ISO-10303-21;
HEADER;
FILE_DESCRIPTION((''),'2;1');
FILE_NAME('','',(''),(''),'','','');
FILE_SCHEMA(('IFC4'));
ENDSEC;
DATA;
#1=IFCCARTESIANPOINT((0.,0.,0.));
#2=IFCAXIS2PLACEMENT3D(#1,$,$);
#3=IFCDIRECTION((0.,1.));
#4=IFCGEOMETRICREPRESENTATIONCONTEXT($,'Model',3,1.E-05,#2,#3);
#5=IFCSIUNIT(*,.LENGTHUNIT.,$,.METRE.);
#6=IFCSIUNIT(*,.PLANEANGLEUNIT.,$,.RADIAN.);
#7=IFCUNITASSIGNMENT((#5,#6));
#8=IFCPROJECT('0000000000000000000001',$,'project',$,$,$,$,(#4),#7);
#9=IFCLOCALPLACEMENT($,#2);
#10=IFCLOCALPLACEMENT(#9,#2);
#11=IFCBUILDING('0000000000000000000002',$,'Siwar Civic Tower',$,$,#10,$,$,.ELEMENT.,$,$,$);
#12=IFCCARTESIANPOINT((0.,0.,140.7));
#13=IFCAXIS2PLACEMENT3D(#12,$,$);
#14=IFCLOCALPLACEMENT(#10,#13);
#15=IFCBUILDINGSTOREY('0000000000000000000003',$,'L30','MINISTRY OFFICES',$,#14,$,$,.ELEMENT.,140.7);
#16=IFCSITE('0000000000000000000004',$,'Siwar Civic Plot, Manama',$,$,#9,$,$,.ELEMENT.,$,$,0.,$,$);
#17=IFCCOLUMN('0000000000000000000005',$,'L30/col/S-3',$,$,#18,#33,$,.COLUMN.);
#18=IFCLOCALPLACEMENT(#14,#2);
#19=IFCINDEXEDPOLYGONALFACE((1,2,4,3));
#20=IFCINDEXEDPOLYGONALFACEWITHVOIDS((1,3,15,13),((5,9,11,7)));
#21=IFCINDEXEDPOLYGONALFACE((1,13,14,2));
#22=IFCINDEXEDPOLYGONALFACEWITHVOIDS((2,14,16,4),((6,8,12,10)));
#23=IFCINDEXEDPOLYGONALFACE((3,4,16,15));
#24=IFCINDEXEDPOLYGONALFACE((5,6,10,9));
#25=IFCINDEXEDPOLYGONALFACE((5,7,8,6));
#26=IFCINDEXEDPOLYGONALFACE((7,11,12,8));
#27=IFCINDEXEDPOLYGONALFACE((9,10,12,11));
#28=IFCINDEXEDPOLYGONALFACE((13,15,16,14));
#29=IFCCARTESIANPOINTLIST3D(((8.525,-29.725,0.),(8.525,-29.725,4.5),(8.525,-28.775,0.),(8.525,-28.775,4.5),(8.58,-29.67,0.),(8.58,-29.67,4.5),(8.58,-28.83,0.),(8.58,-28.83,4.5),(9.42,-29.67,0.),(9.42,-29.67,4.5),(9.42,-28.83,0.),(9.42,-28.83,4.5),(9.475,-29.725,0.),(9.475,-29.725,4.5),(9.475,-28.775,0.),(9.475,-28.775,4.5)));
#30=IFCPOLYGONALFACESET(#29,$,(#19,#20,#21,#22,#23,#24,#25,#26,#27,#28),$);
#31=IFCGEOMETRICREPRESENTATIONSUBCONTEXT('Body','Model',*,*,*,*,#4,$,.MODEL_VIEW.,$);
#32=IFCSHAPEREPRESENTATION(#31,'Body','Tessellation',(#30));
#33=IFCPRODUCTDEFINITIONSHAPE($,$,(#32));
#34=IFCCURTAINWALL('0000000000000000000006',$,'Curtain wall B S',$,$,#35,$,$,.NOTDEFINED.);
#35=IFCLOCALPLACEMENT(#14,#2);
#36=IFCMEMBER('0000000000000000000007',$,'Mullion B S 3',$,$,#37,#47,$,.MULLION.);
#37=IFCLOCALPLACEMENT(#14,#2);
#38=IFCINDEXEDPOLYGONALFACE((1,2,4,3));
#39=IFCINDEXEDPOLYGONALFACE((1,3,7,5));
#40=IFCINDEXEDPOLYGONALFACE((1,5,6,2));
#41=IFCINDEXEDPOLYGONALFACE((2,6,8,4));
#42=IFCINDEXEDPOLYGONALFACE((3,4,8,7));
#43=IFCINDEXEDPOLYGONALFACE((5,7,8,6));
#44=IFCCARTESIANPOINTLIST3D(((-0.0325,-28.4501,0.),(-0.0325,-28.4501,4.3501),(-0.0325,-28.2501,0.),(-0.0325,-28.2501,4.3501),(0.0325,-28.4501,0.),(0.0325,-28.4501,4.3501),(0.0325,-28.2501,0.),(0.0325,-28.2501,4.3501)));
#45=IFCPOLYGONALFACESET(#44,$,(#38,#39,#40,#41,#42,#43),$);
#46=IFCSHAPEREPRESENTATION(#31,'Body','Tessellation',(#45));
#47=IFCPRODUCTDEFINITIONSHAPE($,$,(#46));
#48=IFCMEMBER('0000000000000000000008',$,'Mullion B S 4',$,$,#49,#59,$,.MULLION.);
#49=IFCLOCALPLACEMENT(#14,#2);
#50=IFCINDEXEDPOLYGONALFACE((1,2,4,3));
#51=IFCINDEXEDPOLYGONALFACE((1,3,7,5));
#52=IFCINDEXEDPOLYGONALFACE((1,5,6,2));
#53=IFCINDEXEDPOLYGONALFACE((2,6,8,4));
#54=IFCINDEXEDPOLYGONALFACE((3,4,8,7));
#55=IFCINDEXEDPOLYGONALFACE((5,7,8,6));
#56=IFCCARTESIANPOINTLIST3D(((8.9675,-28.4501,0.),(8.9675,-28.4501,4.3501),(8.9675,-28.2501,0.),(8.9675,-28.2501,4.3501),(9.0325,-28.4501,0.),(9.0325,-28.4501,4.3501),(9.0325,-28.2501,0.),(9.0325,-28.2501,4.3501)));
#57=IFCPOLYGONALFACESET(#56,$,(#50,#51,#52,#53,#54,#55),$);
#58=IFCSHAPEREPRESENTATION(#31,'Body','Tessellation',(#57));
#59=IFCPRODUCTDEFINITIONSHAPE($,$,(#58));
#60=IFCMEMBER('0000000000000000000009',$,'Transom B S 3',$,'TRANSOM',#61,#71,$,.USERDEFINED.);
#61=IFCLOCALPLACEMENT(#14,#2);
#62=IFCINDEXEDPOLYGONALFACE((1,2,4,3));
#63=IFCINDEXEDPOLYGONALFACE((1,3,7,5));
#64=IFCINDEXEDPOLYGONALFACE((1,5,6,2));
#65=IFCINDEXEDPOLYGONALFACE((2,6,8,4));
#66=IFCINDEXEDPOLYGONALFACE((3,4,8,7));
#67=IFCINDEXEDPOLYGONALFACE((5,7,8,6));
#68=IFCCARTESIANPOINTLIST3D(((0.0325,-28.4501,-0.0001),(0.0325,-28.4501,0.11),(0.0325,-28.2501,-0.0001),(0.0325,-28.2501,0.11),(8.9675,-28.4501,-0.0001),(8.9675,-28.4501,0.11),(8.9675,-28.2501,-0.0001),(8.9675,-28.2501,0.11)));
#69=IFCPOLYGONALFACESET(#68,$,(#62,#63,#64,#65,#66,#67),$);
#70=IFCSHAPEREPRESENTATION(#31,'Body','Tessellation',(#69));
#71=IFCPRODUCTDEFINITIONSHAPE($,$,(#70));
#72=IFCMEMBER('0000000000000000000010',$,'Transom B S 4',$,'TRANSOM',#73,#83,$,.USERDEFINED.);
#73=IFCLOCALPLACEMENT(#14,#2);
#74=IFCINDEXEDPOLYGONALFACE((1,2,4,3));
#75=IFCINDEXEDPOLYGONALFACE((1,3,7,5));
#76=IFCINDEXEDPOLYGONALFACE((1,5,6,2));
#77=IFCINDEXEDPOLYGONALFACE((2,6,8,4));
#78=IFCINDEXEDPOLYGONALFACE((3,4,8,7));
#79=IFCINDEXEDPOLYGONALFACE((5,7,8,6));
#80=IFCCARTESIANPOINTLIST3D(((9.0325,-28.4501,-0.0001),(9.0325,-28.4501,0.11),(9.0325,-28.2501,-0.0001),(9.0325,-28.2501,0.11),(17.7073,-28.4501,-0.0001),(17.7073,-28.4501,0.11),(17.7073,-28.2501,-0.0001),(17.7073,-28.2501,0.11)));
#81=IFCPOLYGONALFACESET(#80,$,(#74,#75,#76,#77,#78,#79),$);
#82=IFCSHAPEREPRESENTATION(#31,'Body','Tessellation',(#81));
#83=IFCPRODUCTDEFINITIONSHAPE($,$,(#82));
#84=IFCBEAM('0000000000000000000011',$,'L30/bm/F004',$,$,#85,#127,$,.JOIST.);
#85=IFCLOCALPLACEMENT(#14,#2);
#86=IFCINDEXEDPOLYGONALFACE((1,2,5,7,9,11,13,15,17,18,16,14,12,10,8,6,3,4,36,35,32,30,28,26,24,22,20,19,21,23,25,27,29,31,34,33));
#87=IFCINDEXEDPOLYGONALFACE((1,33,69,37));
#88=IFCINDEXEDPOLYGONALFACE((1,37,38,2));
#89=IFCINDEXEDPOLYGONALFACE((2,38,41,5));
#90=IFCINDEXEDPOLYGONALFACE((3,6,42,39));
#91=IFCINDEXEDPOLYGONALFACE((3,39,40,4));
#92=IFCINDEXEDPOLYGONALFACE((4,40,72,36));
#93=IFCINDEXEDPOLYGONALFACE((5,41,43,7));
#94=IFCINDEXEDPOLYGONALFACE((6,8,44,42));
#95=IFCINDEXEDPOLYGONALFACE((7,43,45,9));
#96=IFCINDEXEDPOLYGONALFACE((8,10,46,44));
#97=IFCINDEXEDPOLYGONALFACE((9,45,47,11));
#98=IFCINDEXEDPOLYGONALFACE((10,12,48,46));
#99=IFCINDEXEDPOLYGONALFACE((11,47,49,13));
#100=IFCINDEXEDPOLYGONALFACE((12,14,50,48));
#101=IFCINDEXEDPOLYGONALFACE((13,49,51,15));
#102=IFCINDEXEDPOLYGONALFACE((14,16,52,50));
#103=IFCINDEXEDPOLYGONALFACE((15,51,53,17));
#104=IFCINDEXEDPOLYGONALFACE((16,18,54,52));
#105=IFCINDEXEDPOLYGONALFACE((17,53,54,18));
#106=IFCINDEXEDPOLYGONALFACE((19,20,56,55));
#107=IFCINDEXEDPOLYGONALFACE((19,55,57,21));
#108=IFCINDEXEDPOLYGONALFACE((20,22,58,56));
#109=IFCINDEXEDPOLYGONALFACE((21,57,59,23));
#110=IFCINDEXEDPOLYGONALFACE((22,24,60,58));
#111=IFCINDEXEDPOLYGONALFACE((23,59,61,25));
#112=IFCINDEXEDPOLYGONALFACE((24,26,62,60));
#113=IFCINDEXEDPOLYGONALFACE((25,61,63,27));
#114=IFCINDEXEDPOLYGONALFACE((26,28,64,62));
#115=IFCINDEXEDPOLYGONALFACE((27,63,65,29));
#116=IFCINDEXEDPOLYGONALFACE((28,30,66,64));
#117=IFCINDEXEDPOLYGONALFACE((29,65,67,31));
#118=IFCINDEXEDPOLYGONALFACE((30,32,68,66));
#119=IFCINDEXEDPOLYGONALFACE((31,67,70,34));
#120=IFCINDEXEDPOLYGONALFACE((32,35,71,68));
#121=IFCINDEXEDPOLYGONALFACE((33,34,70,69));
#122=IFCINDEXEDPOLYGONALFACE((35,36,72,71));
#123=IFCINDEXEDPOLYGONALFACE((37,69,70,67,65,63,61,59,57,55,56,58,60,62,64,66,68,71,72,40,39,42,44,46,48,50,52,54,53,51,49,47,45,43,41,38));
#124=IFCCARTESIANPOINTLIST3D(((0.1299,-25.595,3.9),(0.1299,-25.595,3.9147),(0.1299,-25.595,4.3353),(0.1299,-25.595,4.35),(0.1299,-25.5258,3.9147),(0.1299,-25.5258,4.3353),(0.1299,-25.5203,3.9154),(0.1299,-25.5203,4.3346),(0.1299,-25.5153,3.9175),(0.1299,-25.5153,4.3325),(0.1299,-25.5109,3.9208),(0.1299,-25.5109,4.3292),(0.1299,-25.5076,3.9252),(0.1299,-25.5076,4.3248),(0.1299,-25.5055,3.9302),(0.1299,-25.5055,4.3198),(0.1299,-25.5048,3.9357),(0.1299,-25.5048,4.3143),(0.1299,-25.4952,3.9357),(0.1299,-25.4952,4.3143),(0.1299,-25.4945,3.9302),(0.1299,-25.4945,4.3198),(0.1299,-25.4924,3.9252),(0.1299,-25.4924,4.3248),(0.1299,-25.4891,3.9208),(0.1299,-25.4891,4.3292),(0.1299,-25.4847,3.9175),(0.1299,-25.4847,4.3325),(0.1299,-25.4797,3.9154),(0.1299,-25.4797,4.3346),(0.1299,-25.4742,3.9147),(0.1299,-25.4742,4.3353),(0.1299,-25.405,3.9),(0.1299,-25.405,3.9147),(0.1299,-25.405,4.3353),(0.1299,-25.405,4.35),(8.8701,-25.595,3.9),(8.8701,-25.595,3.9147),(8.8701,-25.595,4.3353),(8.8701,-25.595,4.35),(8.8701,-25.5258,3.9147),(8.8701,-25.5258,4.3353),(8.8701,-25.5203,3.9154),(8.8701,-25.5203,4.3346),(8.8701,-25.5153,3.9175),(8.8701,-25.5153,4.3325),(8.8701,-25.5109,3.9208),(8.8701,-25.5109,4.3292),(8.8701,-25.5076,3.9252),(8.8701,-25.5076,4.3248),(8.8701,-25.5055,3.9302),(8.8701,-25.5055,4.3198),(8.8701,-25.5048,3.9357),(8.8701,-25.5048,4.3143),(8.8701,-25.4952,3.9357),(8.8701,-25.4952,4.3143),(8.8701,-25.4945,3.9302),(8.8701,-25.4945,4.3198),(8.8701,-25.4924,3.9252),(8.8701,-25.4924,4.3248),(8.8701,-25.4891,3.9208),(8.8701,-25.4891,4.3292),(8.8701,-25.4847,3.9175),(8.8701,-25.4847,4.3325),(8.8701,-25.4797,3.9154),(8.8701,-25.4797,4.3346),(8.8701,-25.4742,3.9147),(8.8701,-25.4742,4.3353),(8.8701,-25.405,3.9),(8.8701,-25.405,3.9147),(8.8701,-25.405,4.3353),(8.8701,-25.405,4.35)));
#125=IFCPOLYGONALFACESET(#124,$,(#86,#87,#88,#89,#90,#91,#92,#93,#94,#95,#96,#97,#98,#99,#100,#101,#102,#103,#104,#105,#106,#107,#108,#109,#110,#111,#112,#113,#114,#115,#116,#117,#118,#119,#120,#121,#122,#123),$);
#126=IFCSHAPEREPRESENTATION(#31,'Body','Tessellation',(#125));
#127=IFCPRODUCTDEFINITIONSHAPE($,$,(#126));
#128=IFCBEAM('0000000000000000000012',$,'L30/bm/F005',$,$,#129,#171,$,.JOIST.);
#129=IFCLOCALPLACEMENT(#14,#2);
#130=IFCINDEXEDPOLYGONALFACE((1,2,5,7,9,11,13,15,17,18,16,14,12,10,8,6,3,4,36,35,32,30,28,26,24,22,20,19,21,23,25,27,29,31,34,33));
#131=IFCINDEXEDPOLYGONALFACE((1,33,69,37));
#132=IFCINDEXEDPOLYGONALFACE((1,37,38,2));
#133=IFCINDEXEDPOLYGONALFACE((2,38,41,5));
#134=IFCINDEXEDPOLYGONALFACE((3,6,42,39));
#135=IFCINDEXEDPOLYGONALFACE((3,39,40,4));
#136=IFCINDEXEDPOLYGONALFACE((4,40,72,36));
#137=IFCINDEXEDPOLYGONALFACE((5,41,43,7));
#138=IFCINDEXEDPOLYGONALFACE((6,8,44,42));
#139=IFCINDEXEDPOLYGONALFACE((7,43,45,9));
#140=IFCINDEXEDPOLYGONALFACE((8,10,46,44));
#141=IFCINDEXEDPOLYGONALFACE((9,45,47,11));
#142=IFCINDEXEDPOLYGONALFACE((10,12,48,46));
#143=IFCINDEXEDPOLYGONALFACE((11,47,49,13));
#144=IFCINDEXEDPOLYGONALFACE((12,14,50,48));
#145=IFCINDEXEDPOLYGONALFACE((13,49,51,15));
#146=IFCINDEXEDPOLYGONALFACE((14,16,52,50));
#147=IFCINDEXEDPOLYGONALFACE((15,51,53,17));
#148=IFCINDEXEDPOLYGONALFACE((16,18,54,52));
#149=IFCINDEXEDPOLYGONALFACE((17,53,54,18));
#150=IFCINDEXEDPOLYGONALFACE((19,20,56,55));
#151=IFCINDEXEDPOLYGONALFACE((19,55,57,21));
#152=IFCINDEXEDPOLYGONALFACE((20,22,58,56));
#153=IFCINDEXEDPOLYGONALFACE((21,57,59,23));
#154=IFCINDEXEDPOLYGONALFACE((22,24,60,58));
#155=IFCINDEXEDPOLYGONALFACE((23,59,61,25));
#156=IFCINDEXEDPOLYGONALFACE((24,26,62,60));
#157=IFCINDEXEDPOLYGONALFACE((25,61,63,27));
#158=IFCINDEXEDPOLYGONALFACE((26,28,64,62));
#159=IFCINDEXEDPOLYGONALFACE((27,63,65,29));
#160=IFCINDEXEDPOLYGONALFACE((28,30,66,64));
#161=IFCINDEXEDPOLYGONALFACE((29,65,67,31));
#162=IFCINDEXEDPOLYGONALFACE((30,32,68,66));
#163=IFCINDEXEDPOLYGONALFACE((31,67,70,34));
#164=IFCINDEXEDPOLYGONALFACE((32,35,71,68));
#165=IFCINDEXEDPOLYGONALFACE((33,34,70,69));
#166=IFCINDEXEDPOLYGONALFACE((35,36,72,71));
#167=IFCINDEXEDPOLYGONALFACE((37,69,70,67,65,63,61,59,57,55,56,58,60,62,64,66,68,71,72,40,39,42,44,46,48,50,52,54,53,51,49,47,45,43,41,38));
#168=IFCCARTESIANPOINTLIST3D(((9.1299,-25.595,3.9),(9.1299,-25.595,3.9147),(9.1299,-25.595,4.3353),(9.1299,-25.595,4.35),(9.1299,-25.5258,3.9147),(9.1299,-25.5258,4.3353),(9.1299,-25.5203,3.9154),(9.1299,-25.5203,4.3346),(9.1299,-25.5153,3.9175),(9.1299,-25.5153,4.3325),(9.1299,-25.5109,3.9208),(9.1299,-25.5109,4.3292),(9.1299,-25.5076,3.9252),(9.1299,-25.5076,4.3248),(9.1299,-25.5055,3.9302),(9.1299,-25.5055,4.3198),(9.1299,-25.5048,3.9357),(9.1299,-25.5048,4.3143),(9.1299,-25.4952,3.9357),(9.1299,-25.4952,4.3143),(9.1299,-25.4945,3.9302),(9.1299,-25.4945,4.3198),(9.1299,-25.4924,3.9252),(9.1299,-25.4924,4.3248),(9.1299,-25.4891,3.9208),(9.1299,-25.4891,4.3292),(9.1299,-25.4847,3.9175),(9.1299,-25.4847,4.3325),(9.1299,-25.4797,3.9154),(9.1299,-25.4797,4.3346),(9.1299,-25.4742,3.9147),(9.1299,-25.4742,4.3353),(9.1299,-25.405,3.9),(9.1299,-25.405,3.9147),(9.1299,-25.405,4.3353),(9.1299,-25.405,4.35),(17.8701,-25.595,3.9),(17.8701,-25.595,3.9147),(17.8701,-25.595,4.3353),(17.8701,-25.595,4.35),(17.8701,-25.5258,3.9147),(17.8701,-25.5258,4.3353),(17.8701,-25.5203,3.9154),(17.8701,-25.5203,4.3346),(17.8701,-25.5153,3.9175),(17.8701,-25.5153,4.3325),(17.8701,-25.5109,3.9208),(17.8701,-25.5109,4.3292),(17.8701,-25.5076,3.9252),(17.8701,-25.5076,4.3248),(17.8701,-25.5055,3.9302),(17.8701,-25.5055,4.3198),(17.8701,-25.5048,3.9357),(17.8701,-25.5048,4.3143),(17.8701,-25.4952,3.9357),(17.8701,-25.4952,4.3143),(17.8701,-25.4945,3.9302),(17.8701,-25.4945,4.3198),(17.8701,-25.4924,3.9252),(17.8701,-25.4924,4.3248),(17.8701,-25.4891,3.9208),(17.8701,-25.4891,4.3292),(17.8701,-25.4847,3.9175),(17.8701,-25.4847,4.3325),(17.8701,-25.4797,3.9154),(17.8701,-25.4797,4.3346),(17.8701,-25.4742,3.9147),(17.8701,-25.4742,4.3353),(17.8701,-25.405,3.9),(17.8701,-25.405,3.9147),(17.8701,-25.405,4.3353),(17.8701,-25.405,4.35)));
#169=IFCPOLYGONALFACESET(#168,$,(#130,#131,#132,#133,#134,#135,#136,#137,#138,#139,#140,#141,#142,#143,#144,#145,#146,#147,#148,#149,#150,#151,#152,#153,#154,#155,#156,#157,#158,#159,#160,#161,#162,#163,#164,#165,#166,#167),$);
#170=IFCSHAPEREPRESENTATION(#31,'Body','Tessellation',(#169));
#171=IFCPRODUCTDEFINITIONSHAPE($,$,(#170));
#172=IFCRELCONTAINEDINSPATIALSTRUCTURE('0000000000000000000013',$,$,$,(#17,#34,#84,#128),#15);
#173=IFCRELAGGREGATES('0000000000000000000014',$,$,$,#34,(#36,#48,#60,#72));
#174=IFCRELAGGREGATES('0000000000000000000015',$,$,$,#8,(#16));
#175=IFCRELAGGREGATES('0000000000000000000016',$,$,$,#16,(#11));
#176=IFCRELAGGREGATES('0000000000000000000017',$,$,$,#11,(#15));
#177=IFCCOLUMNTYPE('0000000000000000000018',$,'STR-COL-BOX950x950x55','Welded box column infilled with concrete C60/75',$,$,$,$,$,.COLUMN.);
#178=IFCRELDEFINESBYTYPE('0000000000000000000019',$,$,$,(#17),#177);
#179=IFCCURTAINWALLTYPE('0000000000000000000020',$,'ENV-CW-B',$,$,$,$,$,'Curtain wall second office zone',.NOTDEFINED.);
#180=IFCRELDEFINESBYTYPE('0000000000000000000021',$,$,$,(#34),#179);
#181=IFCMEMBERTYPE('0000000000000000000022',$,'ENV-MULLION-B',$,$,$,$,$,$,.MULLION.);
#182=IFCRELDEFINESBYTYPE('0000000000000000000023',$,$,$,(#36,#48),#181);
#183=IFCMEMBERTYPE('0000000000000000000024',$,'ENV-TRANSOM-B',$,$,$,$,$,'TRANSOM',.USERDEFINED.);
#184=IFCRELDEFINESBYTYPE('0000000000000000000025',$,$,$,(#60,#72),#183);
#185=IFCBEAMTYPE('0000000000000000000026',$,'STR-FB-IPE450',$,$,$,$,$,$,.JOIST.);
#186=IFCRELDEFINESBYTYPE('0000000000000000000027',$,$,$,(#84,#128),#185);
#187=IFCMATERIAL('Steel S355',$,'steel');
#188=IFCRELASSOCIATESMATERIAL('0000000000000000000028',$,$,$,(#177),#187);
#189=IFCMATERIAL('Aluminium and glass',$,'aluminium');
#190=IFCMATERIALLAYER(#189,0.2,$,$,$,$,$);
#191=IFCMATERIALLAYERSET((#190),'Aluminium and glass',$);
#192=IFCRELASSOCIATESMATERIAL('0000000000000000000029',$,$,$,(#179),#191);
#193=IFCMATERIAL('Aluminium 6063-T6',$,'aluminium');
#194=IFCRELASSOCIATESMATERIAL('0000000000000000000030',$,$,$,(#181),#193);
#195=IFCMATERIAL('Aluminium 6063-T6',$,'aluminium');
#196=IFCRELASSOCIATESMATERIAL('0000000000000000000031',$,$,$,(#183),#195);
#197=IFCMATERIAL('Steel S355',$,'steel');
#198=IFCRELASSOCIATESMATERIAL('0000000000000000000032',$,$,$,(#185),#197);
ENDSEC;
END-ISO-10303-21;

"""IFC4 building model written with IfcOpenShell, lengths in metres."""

from ifc_helpers import new_model, si_unit, direction, frame, origin, origin_2d, place, context, subcontext, project, spatial, rectangle, hollow_rectangle, i_section, extrude, material, layer, layer_set, material_profile, profile_set, type_object, element, aggregate, save


model = new_model("IFC4")

# Units and contexts
model_context = context("Model", 3, precision=1e-05, world=origin(), true_north=direction((0.0, 1.0)))
body_context = subcontext(model_context, "Body", "Model", "MODEL_VIEW")
ifc_project = project(units=[si_unit("LENGTHUNIT", "METRE"), si_unit("PLANEANGLEUNIT", "RADIAN")], contexts=[model_context])

# Site, building, storey
site_placement = place(None, origin())
site = spatial("IfcSite", under=ifc_project, at=site_placement, Name="Siwar Civic Plot, Manama", CompositionType="ELEMENT", RefElevation=0.0)
building_placement = place(site_placement, origin())
building = spatial("IfcBuilding", under=site, at=building_placement, Name="Siwar Civic Tower", CompositionType="ELEMENT")
storey_placement = place(building_placement, frame((0.0, 0.0, 140.7)))
storey = spatial("IfcBuildingStorey", under=building, at=storey_placement, Name="L30", Description="MINISTRY OFFICES", CompositionType="ELEMENT", Elevation=140.7)

# Column
ifc_material_1 = material(Name="Steel S355", Category="steel")
ifc_material_profile_1 = material_profile(ifc_material_1, hollow_rectangle(XDim=0.95, YDim=0.95, WallThickness=0.0549, at=origin_2d()), Name="BOX950x950x55")
ifc_profile_set_1 = profile_set([ifc_material_profile_1], Name="Steel S355")
column_type = type_object("IfcColumnType", Name="STR-COL-BOX950x950x55", Description="Welded box column infilled with concrete C60/75", PredefinedType="COLUMN", material=ifc_profile_set_1)
column_placement = place(storey_placement, frame((9.0, -29.25, 0.0), z_axis=(0.0, 0.0, 1.0), x_axis=(1.0, 0.0, 0.0)))
element("IfcColumn", 1, at=column_placement, inside=storey, type_object=column_type, Name="L30/col/S-3", PredefinedType="COLUMN", context=body_context, shape_type="SweptSolid", body=[
    extrude(hollow_rectangle(XDim=0.95, YDim=0.95, WallThickness=0.0549, at=origin_2d()), origin(), (0.0, 0.0, 1.0), 4.5),
])

# Curtain wall, members
ifc_material_2 = material(Name="Aluminium and glass", Category="aluminium")
ifc_layer_1 = layer(ifc_material_2, 0.2)
ifc_layer_set_1 = layer_set([ifc_layer_1], Name="Aluminium and glass")
curtain_wall_type = type_object("IfcCurtainWallType", Name="ENV-CW-B", ElementType="Curtain wall second office zone", PredefinedType="NOTDEFINED", material=ifc_layer_set_1)
curtain_wall_placement = place(storey_placement, origin())
curtain_wall = element("IfcCurtainWall", 2, at=curtain_wall_placement, inside=storey, type_object=curtain_wall_type, Name="Curtain wall B S", PredefinedType="NOTDEFINED")
ifc_material_3 = material(Name="Aluminium 6063-T6", Category="aluminium")
ifc_material_profile_2 = material_profile(ifc_material_3, rectangle(XDim=0.2, YDim=0.0649, at=origin_2d()), Name="AL 200x65")
ifc_profile_set_2 = profile_set([ifc_material_profile_2], Name="Aluminium 6063-T6")
member_type_1 = type_object("IfcMemberType", Name="ENV-MULLION-B", PredefinedType="MULLION", material=ifc_profile_set_2)
member_1_placement = place(storey_placement, frame((0.0, -28.3501, 0.0), z_axis=(0.0, 0.0, 1.0), x_axis=(0.0, 1.0, 0.0)))
member_1 = element("IfcMember", 3, at=member_1_placement, type_object=member_type_1, Name="Mullion B S 3", PredefinedType="MULLION", context=body_context, shape_type="SweptSolid", body=[
    extrude(rectangle(XDim=0.2, YDim=0.0649, at=origin_2d()), origin(), (0.0, 0.0, 1.0), 4.3501),
])
member_2_placement = place(storey_placement, frame((9.0, -28.3501, 0.0), z_axis=(0.0, 0.0, 1.0), x_axis=(0.0, 1.0, 0.0)))
member_2 = element("IfcMember", 4, at=member_2_placement, type_object=member_type_1, Name="Mullion B S 4", PredefinedType="MULLION", context=body_context, shape_type="SweptSolid", body=[
    extrude(rectangle(XDim=0.2, YDim=0.0649, at=origin_2d()), origin(), (0.0, 0.0, 1.0), 4.3501),
])
ifc_material_4 = material(Name="Aluminium 6063-T6", Category="aluminium")
ifc_material_profile_3 = material_profile(ifc_material_4, rectangle(XDim=0.2, YDim=0.1101, at=origin_2d()), Name="AL 200x110")
ifc_profile_set_3 = profile_set([ifc_material_profile_3], Name="Aluminium 6063-T6")
member_type_2 = type_object("IfcMemberType", Name="ENV-TRANSOM-B", ElementType="TRANSOM", PredefinedType="USERDEFINED", material=ifc_profile_set_3)
member_3_placement = place(storey_placement, frame((0.0325, -28.3501, 0.0549), z_axis=(1.0, 0.0, 0.0), x_axis=(0.0, 1.0, 0.0)))
member_3 = element("IfcMember", 5, at=member_3_placement, type_object=member_type_2, Name="Transom B S 3", ObjectType="TRANSOM", PredefinedType="USERDEFINED", context=body_context, shape_type="SweptSolid", body=[
    extrude(rectangle(XDim=0.2, YDim=0.1101, at=origin_2d()), origin(), (0.0, 0.0, 1.0), 8.9351),
])
member_4_placement = place(storey_placement, frame((9.0325, -28.3501, 0.0549), z_axis=(1.0, 0.0, 0.0), x_axis=(0.0, 1.0, 0.0)))
member_4 = element("IfcMember", 6, at=member_4_placement, type_object=member_type_2, Name="Transom B S 4", ObjectType="TRANSOM", PredefinedType="USERDEFINED", context=body_context, shape_type="SweptSolid", body=[
    extrude(rectangle(XDim=0.2, YDim=0.1101, at=origin_2d()), origin(), (0.0, 0.0, 1.0), 8.6748),
])

# Beams
ifc_material_5 = material(Name="Steel S355", Category="steel")
ifc_material_profile_4 = material_profile(ifc_material_5, i_section(OverallWidth=0.1899, OverallDepth=0.45, WebThickness=0.0095, FlangeThickness=0.0146, FilletRadius=0.021, at=origin_2d()), Name="IPE450")
ifc_profile_set_4 = profile_set([ifc_material_profile_4], Name="Steel S355")
beam_type_1 = type_object("IfcBeamType", Name="STR-FB-IPE450", PredefinedType="JOIST", material=ifc_profile_set_4)
for number, where, z_axis, x_axis, name in (
    (7, (0.1299, -25.5, 4.125), (1.0, 0.0, 0.0), (0.0, 1.0, 0.0), "L30/bm/F004"),
    (8, (9.1299, -25.5, 4.125), (1.0, 0.0, 0.0), (0.0, 1.0, 0.0), "L30/bm/F005"),
):
    element("IfcBeam", number, at=place(storey_placement, frame(where, z_axis=z_axis, x_axis=x_axis)), inside=storey, type_object=beam_type_1, Name=name, PredefinedType="JOIST", context=body_context, shape_type="SweptSolid", body=[
        extrude(i_section(OverallWidth=0.1899, OverallDepth=0.45, WebThickness=0.0095, FlangeThickness=0.0146, FilletRadius=0.021, at=origin_2d()), origin(), (0.0, 0.0, 1.0), 8.7402),
    ])

aggregate(curtain_wall, [member_1, member_2, member_3, member_4])

save(model, "model.ifc")
